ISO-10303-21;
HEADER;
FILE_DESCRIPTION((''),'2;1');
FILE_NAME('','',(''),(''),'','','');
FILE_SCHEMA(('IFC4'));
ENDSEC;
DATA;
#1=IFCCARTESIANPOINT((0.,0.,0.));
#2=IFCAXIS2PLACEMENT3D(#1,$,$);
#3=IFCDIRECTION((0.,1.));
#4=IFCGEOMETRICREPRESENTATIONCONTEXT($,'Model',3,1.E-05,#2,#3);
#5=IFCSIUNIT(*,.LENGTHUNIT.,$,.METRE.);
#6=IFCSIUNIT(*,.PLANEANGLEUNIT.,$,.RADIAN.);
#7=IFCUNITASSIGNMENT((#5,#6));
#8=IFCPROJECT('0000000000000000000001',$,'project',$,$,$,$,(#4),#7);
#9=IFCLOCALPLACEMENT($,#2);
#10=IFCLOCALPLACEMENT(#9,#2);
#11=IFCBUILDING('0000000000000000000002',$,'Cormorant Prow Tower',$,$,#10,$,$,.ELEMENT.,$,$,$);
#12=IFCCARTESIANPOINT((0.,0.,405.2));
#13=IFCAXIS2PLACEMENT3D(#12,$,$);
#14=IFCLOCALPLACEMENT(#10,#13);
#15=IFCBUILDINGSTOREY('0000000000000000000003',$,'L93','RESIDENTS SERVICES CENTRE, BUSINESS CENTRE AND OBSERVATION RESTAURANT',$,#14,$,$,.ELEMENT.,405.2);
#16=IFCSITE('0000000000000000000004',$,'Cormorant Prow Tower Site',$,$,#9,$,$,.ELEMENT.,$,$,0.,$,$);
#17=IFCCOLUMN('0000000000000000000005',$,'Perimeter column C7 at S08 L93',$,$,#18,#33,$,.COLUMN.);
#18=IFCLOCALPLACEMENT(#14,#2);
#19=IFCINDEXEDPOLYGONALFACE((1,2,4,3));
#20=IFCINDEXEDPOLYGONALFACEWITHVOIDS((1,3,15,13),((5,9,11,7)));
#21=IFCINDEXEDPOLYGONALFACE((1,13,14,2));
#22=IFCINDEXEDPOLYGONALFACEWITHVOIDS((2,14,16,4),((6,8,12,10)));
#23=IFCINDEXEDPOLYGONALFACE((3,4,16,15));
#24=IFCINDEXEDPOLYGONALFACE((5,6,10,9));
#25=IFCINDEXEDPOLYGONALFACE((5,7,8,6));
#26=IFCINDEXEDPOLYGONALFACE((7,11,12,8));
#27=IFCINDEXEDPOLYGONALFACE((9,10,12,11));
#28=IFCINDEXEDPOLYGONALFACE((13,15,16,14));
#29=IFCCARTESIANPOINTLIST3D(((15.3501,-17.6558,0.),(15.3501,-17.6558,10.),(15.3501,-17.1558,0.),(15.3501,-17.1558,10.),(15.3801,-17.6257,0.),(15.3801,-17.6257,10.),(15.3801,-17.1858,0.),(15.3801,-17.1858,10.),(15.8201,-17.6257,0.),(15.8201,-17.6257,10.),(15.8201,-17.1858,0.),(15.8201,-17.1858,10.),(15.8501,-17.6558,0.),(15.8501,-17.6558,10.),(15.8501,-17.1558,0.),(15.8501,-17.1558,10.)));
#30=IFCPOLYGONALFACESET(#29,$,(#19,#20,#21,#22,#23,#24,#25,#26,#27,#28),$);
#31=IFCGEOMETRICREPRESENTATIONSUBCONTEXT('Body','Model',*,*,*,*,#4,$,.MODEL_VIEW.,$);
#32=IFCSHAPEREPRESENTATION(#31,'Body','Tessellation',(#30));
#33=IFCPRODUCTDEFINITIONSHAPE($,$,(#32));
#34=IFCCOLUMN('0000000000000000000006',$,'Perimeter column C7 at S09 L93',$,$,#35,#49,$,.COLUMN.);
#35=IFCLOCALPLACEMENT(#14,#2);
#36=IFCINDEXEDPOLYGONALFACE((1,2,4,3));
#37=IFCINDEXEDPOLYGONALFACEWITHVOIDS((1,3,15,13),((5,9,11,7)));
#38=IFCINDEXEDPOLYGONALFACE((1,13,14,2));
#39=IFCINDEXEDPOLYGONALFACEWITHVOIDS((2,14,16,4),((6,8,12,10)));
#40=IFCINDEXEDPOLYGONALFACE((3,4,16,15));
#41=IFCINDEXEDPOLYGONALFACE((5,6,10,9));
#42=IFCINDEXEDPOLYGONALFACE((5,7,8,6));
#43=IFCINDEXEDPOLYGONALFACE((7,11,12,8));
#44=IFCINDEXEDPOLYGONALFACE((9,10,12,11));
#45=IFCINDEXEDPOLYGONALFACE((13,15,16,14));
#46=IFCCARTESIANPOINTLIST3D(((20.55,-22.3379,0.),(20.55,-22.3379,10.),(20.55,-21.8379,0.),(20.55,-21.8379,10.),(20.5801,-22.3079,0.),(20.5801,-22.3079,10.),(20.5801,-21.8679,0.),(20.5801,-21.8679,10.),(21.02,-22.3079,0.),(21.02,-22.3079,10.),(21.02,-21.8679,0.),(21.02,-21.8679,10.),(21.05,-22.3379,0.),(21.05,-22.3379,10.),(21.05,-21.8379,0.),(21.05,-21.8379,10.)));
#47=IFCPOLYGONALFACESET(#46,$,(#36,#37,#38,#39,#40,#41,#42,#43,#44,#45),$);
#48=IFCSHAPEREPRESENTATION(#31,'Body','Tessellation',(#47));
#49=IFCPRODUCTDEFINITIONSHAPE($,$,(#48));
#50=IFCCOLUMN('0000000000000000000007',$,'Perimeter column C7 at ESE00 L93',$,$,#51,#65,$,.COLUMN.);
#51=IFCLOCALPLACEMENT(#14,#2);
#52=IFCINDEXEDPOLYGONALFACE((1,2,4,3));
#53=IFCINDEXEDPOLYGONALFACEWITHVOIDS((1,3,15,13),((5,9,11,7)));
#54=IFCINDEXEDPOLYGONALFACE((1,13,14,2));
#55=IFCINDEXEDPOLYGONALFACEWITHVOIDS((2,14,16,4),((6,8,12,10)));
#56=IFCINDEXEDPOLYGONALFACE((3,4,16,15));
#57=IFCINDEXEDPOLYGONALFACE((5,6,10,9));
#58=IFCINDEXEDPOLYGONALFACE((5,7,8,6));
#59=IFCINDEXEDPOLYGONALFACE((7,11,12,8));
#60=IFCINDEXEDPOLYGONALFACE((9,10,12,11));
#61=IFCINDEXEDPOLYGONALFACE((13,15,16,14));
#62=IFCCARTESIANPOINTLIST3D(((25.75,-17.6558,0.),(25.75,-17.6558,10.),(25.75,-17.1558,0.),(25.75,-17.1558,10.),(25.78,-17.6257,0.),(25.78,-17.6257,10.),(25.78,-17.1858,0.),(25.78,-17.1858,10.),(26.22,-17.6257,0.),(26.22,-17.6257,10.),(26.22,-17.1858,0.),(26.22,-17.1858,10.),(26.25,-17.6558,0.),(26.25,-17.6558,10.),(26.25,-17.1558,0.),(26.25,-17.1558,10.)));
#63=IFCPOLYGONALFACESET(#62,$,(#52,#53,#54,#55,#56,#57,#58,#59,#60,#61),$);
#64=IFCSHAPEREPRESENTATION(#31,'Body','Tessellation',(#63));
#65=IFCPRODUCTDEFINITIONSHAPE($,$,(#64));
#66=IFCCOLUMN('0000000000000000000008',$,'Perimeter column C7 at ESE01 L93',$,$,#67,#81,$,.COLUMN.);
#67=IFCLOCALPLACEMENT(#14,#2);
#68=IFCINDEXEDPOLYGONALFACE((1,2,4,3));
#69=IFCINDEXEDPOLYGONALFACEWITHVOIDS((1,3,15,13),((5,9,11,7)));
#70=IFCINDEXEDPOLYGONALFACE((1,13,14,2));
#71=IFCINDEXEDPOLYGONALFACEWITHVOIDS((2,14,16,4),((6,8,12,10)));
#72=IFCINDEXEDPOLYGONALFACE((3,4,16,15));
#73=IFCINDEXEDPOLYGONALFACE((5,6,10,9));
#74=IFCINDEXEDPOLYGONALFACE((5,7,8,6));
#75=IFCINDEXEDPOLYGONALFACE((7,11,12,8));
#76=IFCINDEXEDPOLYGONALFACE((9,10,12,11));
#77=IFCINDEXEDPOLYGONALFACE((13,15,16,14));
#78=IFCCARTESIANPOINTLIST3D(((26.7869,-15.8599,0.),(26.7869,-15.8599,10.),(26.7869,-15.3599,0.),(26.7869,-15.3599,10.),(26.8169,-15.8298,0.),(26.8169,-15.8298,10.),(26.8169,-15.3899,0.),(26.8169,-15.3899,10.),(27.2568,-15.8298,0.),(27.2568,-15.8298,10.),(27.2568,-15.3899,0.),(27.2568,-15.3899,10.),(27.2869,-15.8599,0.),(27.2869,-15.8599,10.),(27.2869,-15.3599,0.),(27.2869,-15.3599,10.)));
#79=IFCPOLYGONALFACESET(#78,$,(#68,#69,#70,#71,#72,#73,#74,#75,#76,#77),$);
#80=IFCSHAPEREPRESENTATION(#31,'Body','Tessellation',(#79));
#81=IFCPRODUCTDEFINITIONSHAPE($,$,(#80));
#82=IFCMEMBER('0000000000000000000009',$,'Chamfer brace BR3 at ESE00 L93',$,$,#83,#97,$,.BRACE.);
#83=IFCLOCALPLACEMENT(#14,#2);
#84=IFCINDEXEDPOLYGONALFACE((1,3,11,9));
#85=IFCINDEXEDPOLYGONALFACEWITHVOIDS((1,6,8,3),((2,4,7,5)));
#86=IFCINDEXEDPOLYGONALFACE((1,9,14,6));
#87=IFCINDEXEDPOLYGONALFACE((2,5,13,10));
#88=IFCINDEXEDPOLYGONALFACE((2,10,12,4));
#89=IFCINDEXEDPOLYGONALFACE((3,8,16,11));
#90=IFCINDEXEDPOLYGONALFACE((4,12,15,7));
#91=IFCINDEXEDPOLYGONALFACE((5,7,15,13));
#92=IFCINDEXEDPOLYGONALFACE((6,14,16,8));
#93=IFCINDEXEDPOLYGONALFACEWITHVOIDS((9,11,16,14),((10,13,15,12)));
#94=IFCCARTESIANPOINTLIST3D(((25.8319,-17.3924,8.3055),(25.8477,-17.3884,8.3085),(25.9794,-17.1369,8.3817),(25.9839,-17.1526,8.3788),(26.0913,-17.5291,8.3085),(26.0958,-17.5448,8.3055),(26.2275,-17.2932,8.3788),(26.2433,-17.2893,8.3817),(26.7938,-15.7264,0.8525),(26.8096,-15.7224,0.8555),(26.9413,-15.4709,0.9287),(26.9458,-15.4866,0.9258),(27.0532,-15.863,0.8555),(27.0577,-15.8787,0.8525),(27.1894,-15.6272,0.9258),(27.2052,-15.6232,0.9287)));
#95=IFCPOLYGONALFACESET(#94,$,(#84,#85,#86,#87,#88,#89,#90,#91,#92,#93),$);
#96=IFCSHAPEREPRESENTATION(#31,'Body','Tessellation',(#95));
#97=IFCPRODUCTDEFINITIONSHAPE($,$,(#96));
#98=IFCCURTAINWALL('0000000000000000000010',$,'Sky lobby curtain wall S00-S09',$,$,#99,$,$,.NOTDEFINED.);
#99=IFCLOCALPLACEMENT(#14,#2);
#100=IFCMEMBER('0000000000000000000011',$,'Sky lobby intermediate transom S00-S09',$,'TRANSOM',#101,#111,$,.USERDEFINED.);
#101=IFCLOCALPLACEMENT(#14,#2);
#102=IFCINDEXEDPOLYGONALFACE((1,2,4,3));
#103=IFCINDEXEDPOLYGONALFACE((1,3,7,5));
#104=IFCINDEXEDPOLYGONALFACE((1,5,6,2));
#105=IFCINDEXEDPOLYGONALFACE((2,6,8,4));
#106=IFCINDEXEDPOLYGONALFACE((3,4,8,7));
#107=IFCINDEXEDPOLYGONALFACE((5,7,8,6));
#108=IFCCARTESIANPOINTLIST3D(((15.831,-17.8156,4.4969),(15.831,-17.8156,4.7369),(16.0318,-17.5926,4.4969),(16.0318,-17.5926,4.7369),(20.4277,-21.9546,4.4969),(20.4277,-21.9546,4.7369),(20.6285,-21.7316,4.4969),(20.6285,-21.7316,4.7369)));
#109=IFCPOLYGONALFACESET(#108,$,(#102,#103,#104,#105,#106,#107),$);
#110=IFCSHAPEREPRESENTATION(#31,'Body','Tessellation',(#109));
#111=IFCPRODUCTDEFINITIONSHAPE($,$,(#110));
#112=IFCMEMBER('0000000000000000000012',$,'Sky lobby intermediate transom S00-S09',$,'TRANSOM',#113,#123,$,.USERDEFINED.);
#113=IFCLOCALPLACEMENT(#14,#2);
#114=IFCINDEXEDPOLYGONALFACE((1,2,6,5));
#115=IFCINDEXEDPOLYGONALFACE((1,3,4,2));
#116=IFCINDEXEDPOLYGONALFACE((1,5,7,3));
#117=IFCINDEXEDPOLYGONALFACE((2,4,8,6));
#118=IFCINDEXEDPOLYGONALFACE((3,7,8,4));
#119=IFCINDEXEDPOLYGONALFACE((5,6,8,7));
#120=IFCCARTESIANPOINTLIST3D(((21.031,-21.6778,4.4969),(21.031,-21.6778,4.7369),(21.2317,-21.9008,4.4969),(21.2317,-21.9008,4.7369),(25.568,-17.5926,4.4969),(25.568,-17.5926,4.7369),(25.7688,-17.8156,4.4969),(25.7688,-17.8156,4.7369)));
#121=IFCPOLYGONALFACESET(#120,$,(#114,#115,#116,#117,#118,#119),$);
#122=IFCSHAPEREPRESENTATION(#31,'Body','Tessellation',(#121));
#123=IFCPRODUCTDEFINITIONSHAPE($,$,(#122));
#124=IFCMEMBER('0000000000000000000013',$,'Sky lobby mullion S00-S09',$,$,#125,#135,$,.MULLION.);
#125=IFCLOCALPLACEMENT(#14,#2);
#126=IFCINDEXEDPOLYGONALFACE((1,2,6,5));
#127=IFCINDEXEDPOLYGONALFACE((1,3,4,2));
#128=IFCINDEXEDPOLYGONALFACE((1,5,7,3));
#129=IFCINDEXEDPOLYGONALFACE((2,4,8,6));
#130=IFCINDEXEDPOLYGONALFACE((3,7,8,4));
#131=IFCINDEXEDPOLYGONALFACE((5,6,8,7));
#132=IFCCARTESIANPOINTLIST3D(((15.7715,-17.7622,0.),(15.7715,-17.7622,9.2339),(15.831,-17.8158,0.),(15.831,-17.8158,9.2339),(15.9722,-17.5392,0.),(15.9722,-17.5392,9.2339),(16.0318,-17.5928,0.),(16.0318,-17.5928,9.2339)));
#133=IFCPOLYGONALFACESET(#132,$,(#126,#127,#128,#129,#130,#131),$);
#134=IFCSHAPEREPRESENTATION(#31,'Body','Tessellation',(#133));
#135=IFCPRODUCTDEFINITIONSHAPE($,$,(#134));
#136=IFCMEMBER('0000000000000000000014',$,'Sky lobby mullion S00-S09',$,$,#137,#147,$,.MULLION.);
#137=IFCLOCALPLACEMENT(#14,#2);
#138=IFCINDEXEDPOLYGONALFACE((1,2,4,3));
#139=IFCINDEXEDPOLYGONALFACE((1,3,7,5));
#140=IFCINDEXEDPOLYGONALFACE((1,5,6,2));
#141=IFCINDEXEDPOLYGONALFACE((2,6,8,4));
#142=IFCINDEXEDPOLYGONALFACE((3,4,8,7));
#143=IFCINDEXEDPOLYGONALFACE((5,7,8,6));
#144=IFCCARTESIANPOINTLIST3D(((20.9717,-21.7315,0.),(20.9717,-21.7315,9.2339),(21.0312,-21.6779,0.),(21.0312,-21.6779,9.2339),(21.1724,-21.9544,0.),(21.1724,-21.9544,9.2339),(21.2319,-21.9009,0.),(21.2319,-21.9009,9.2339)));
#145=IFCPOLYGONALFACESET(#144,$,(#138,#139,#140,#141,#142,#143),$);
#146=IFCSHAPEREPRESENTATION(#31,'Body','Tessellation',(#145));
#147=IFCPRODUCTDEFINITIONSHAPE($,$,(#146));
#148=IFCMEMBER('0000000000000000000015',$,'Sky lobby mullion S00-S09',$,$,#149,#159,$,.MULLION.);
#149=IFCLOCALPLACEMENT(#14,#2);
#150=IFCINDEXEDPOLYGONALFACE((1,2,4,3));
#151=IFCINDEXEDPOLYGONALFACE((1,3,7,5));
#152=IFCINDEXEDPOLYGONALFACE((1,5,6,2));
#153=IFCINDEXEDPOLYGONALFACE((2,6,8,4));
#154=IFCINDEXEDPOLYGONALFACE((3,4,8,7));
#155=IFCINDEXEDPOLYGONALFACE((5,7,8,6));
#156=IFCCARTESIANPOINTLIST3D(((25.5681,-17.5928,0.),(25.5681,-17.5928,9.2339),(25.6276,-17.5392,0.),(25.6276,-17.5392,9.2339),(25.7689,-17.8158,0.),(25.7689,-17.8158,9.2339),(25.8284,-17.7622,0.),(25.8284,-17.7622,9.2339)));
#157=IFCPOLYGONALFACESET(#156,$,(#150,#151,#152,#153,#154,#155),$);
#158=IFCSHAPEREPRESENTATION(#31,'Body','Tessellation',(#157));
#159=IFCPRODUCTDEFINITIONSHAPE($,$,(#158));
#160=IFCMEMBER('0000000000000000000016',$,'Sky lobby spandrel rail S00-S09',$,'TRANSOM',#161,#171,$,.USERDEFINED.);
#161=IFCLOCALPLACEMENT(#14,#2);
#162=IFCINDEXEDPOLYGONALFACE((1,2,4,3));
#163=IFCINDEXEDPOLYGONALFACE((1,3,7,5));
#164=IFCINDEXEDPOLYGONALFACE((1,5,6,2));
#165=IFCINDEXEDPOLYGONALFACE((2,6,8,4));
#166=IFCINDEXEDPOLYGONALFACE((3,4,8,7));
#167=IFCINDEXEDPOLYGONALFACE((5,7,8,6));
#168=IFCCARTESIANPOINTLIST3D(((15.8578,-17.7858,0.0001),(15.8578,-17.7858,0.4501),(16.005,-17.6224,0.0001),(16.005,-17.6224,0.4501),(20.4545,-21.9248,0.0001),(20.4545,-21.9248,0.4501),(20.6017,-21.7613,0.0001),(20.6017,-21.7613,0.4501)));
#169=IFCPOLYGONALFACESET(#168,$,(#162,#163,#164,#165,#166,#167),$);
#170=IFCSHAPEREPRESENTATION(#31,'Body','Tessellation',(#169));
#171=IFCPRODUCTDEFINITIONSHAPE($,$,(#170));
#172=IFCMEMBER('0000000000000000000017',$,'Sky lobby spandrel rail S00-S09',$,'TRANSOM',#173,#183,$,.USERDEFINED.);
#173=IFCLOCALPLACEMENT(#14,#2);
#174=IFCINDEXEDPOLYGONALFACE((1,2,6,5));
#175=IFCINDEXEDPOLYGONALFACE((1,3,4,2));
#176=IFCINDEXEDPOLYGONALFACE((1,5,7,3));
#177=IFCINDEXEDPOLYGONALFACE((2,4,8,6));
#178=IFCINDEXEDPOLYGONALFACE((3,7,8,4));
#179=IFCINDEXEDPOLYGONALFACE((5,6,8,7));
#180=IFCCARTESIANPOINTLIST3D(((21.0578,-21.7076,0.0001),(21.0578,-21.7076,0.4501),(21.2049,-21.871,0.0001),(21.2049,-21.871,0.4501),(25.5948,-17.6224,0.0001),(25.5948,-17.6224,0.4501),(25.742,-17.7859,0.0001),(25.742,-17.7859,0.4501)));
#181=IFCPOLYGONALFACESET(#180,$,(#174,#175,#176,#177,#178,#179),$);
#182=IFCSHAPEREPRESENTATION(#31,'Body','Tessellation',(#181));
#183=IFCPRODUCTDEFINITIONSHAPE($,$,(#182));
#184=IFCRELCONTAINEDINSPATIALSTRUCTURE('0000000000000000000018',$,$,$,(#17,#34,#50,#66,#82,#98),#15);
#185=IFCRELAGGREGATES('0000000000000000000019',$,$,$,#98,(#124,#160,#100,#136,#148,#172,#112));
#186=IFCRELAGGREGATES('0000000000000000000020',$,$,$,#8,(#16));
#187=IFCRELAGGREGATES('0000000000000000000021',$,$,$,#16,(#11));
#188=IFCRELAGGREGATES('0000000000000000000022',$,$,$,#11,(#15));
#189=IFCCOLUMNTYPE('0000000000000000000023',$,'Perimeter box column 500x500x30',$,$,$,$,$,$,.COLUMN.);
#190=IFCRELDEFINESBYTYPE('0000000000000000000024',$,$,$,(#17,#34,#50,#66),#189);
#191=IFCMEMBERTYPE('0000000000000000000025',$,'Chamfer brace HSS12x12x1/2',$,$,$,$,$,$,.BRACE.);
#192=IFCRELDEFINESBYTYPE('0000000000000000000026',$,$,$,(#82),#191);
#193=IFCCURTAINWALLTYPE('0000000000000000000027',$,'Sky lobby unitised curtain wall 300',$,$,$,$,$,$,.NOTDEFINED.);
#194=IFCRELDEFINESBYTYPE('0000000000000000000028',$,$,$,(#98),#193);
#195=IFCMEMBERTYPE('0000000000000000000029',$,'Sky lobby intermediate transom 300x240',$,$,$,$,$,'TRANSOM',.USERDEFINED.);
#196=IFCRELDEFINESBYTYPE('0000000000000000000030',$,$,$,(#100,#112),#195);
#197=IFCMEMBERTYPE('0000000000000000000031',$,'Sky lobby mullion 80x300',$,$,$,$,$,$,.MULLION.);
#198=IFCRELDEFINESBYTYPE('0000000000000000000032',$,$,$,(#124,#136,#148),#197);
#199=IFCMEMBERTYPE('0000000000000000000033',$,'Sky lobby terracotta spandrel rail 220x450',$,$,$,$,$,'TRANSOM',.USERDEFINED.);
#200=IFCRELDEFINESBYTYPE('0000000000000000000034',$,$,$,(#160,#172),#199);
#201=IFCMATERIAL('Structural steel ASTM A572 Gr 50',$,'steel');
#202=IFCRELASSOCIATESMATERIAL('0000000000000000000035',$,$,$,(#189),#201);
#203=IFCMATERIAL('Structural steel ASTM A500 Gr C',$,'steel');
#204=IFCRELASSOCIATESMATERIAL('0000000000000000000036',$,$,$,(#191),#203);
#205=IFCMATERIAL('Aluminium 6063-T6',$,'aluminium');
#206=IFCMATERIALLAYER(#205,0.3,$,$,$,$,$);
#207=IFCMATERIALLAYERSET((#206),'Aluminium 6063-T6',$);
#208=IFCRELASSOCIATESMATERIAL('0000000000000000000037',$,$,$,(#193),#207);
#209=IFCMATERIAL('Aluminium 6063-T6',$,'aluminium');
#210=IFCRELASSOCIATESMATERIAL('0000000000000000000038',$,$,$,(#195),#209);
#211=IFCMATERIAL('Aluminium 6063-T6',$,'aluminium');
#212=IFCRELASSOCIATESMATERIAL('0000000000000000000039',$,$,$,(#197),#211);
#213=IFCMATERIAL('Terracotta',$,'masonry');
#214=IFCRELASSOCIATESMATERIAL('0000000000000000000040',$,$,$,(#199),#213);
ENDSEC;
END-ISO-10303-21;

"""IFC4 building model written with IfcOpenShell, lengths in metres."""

from ifc_helpers import new_model, si_unit, direction, frame, origin, origin_2d, place, context, subcontext, project, spatial, rectangle, hollow_rectangle, extrude, material, layer, layer_set, material_profile, profile_set, type_object, element, aggregate, save


model = new_model("IFC4")

# Units and contexts
model_context = context("Model", 3, precision=1e-05, world=origin(), true_north=direction((0.0, 1.0)))
body_context = subcontext(model_context, "Body", "Model", "MODEL_VIEW")
ifc_project = project(units=[si_unit("LENGTHUNIT", "METRE"), si_unit("PLANEANGLEUNIT", "RADIAN")], contexts=[model_context])

# Site, building, storey
site_placement = place(None, origin())
site = spatial("IfcSite", under=ifc_project, at=site_placement, Name="Cormorant Prow Tower Site", CompositionType="ELEMENT", RefElevation=0.0)
building_placement = place(site_placement, origin())
building = spatial("IfcBuilding", under=site, at=building_placement, Name="Cormorant Prow Tower", CompositionType="ELEMENT")
storey_placement = place(building_placement, frame((0.0, 0.0, 405.2)))
storey = spatial("IfcBuildingStorey", under=building, at=storey_placement, Name="L93", Description="RESIDENTS SERVICES CENTRE, BUSINESS CENTRE AND OBSERVATION RESTAURANT", CompositionType="ELEMENT", Elevation=405.2)

# Columns
ifc_material_1 = material(Name="Structural steel ASTM A572 Gr 50", Category="steel")
ifc_material_profile_1 = material_profile(ifc_material_1, hollow_rectangle(XDim=0.5, YDim=0.5, WallThickness=0.03, at=origin_2d()), Name="Box 500x500x30")
ifc_profile_set_1 = profile_set([ifc_material_profile_1], Name="Structural steel ASTM A572 Gr 50")
column_type = type_object("IfcColumnType", Name="Perimeter box column 500x500x30", PredefinedType="COLUMN", material=ifc_profile_set_1)
for number, where, z_axis, x_axis, name in (
    (1, (15.6001, -17.4058, 0.0), (0.0, 0.0, 1.0), (1.0, 0.0, 0.0), "Perimeter column C7 at S08 L93"),
    (2, (20.8, -22.0879, 0.0), (0.0, 0.0, 1.0), (1.0, 0.0, 0.0), "Perimeter column C7 at S09 L93"),
    (3, (26.0, -17.4058, 0.0), (0.0, 0.0, 1.0), (1.0, 0.0, 0.0), "Perimeter column C7 at ESE00 L93"),
    (4, (27.0369, -15.6099, 0.0), (0.0, 0.0, 1.0), (1.0, 0.0, 0.0), "Perimeter column C7 at ESE01 L93"),
):
    element("IfcColumn", number, at=place(storey_placement, frame(where, z_axis=z_axis, x_axis=x_axis)), inside=storey, type_object=column_type, Name=name, PredefinedType="COLUMN", context=body_context, shape_type="SweptSolid", body=[
        extrude(hollow_rectangle(XDim=0.5, YDim=0.5, WallThickness=0.03, at=origin_2d()), origin(), (0.0, 0.0, 1.0), 10.0),
    ])

# Member
ifc_material_2 = material(Name="Structural steel ASTM A500 Gr C", Category="steel")
ifc_material_profile_2 = material_profile(ifc_material_2, hollow_rectangle(XDim=0.3047, YDim=0.3047, WallThickness=0.0117, at=origin_2d()), Name="HSS12x12x1/2")
ifc_profile_set_2 = profile_set([ifc_material_profile_2], Name="Structural steel ASTM A500 Gr C")
member_type_1 = type_object("IfcMemberType", Name="Chamfer brace HSS12x12x1/2", PredefinedType="BRACE", material=ifc_profile_set_2)
member_1_placement = place(storey_placement, frame((26.9995, -15.6748, 0.8906), z_axis=(-0.12497, -0.216445, 0.968263), x_axis=(0.866017, -0.500015, 0.0)))
element("IfcMember", 5, at=member_1_placement, inside=storey, type_object=member_type_1, Name="Chamfer brace BR3 at ESE00 L93", PredefinedType="BRACE", context=body_context, shape_type="SweptSolid", body=[
    extrude(hollow_rectangle(XDim=0.3047, YDim=0.3047, WallThickness=0.0117, at=origin_2d()), origin(), (0.0, 0.0, 1.0), 7.6973),
])

# Curtain wall, members
ifc_material_3 = material(Name="Aluminium 6063-T6", Category="aluminium")
ifc_layer_1 = layer(ifc_material_3, 0.3)
ifc_layer_set_1 = layer_set([ifc_layer_1], Name="Aluminium 6063-T6")
curtain_wall_type = type_object("IfcCurtainWallType", Name="Sky lobby unitised curtain wall 300", PredefinedType="NOTDEFINED", material=ifc_layer_set_1)
curtain_wall_placement = place(storey_placement, origin())
curtain_wall = element("IfcCurtainWall", 6, at=curtain_wall_placement, inside=storey, type_object=curtain_wall_type, Name="Sky lobby curtain wall S00-S09", PredefinedType="NOTDEFINED")
ifc_material_4 = material(Name="Aluminium 6063-T6", Category="aluminium")
ifc_material_profile_3 = material_profile(ifc_material_4, rectangle(XDim=0.3, YDim=0.24, at=origin_2d()), Name="Sky lobby intermediate transom 300x240")
ifc_profile_set_3 = profile_set([ifc_material_profile_3], Name="Aluminium 6063-T6")
member_type_2 = type_object("IfcMemberType", Name="Sky lobby intermediate transom 300x240", ElementType="TRANSOM", PredefinedType="USERDEFINED", material=ifc_profile_set_3)
member_2_placement = place(storey_placement, frame((15.9314, -17.7041, 4.6169), z_axis=(0.743141, -0.669135, 0.0), x_axis=(0.669135, 0.743141, 0.0)))
member_2 = element("IfcMember", 7, at=member_2_placement, type_object=member_type_2, Name="Sky lobby intermediate transom S00-S09", ObjectType="TRANSOM", PredefinedType="USERDEFINED", context=body_context, shape_type="SweptSolid", body=[
    extrude(rectangle(XDim=0.3, YDim=0.24, at=origin_2d()), origin(), (0.0, 0.0, 1.0), 6.1855),
])
member_3_placement = place(storey_placement, frame((21.1313, -21.7893, 4.6169), z_axis=(0.743147, 0.669128, 0.0), x_axis=(-0.669128, 0.743147, 0.0)))
member_3 = element("IfcMember", 8, at=member_3_placement, type_object=member_type_2, Name="Sky lobby intermediate transom S00-S09", ObjectType="TRANSOM", PredefinedType="USERDEFINED", context=body_context, shape_type="SweptSolid", body=[
    extrude(rectangle(XDim=0.3, YDim=0.24, at=origin_2d()), origin(), (0.0, 0.0, 1.0), 6.1052),
])
ifc_material_5 = material(Name="Aluminium 6063-T6", Category="aluminium")
ifc_material_profile_4 = material_profile(ifc_material_5, rectangle(XDim=0.3, YDim=0.0801, at=origin_2d()), Name="Sky lobby mullion 80x300")
ifc_profile_set_4 = profile_set([ifc_material_profile_4], Name="Aluminium 6063-T6")
member_type_3 = type_object("IfcMemberType", Name="Sky lobby mullion 80x300", PredefinedType="MULLION", material=ifc_profile_set_4)
member_4_placement = place(storey_placement, frame((15.9016, -17.6775, 0.0), z_axis=(0.0, 0.0, 1.0), x_axis=(0.669131, 0.743145, 0.0)))
member_4 = element("IfcMember", 9, at=member_4_placement, type_object=member_type_3, Name="Sky lobby mullion S00-S09", PredefinedType="MULLION", context=body_context, shape_type="SweptSolid", body=[
    extrude(rectangle(XDim=0.3, YDim=0.0801, at=origin_2d()), origin(), (0.0, 0.0, 1.0), 9.2339),
])
member_5_placement = place(storey_placement, frame((21.1018, -21.8162, 0.0), z_axis=(0.0, 0.0, 1.0), x_axis=(-0.669131, 0.743145, 0.0)))
member_5 = element("IfcMember", 10, at=member_5_placement, type_object=member_type_3, Name="Sky lobby mullion S00-S09", PredefinedType="MULLION", context=body_context, shape_type="SweptSolid", body=[
    extrude(rectangle(XDim=0.3, YDim=0.0801, at=origin_2d()), origin(), (0.0, 0.0, 1.0), 9.2339),
])
member_6_placement = place(storey_placement, frame((25.6982, -17.6775, 0.0), z_axis=(0.0, 0.0, 1.0), x_axis=(-0.669131, 0.743145, 0.0)))
member_6 = element("IfcMember", 11, at=member_6_placement, type_object=member_type_3, Name="Sky lobby mullion S00-S09", PredefinedType="MULLION", context=body_context, shape_type="SweptSolid", body=[
    extrude(rectangle(XDim=0.3, YDim=0.0801, at=origin_2d()), origin(), (0.0, 0.0, 1.0), 9.2339),
])
ifc_material_6 = material(Name="Terracotta", Category="masonry")
ifc_material_profile_5 = material_profile(ifc_material_6, rectangle(XDim=0.22, YDim=0.45, at=origin_2d()), Name="Sky lobby terracotta spandrel rail 220x450")
ifc_profile_set_5 = profile_set([ifc_material_profile_5], Name="Terracotta")
member_type_4 = type_object("IfcMemberType", Name="Sky lobby terracotta spandrel rail 220x450", ElementType="TRANSOM", PredefinedType="USERDEFINED", material=ifc_profile_set_5)
member_7_placement = place(storey_placement, frame((15.9314, -17.7041, 0.2251), z_axis=(0.743141, -0.669135, 0.0), x_axis=(0.669135, 0.743141, 0.0)))
member_7 = element("IfcMember", 12, at=member_7_placement, type_object=member_type_4, Name="Sky lobby spandrel rail S00-S09", ObjectType="TRANSOM", PredefinedType="USERDEFINED", context=body_context, shape_type="SweptSolid", body=[
    extrude(rectangle(XDim=0.22, YDim=0.45, at=origin_2d()), origin(), (0.0, 0.0, 1.0), 6.1855),
])
member_8_placement = place(storey_placement, frame((21.1313, -21.7893, 0.2251), z_axis=(0.743147, 0.669128, 0.0), x_axis=(-0.669128, 0.743147, 0.0)))
member_8 = element("IfcMember", 13, at=member_8_placement, type_object=member_type_4, Name="Sky lobby spandrel rail S00-S09", ObjectType="TRANSOM", PredefinedType="USERDEFINED", context=body_context, shape_type="SweptSolid", body=[
    extrude(rectangle(XDim=0.22, YDim=0.45, at=origin_2d()), origin(), (0.0, 0.0, 1.0), 6.1052),
])

aggregate(curtain_wall, [member_4, member_7, member_2, member_5, member_6, member_8, member_3])

save(model, "model.ifc")
